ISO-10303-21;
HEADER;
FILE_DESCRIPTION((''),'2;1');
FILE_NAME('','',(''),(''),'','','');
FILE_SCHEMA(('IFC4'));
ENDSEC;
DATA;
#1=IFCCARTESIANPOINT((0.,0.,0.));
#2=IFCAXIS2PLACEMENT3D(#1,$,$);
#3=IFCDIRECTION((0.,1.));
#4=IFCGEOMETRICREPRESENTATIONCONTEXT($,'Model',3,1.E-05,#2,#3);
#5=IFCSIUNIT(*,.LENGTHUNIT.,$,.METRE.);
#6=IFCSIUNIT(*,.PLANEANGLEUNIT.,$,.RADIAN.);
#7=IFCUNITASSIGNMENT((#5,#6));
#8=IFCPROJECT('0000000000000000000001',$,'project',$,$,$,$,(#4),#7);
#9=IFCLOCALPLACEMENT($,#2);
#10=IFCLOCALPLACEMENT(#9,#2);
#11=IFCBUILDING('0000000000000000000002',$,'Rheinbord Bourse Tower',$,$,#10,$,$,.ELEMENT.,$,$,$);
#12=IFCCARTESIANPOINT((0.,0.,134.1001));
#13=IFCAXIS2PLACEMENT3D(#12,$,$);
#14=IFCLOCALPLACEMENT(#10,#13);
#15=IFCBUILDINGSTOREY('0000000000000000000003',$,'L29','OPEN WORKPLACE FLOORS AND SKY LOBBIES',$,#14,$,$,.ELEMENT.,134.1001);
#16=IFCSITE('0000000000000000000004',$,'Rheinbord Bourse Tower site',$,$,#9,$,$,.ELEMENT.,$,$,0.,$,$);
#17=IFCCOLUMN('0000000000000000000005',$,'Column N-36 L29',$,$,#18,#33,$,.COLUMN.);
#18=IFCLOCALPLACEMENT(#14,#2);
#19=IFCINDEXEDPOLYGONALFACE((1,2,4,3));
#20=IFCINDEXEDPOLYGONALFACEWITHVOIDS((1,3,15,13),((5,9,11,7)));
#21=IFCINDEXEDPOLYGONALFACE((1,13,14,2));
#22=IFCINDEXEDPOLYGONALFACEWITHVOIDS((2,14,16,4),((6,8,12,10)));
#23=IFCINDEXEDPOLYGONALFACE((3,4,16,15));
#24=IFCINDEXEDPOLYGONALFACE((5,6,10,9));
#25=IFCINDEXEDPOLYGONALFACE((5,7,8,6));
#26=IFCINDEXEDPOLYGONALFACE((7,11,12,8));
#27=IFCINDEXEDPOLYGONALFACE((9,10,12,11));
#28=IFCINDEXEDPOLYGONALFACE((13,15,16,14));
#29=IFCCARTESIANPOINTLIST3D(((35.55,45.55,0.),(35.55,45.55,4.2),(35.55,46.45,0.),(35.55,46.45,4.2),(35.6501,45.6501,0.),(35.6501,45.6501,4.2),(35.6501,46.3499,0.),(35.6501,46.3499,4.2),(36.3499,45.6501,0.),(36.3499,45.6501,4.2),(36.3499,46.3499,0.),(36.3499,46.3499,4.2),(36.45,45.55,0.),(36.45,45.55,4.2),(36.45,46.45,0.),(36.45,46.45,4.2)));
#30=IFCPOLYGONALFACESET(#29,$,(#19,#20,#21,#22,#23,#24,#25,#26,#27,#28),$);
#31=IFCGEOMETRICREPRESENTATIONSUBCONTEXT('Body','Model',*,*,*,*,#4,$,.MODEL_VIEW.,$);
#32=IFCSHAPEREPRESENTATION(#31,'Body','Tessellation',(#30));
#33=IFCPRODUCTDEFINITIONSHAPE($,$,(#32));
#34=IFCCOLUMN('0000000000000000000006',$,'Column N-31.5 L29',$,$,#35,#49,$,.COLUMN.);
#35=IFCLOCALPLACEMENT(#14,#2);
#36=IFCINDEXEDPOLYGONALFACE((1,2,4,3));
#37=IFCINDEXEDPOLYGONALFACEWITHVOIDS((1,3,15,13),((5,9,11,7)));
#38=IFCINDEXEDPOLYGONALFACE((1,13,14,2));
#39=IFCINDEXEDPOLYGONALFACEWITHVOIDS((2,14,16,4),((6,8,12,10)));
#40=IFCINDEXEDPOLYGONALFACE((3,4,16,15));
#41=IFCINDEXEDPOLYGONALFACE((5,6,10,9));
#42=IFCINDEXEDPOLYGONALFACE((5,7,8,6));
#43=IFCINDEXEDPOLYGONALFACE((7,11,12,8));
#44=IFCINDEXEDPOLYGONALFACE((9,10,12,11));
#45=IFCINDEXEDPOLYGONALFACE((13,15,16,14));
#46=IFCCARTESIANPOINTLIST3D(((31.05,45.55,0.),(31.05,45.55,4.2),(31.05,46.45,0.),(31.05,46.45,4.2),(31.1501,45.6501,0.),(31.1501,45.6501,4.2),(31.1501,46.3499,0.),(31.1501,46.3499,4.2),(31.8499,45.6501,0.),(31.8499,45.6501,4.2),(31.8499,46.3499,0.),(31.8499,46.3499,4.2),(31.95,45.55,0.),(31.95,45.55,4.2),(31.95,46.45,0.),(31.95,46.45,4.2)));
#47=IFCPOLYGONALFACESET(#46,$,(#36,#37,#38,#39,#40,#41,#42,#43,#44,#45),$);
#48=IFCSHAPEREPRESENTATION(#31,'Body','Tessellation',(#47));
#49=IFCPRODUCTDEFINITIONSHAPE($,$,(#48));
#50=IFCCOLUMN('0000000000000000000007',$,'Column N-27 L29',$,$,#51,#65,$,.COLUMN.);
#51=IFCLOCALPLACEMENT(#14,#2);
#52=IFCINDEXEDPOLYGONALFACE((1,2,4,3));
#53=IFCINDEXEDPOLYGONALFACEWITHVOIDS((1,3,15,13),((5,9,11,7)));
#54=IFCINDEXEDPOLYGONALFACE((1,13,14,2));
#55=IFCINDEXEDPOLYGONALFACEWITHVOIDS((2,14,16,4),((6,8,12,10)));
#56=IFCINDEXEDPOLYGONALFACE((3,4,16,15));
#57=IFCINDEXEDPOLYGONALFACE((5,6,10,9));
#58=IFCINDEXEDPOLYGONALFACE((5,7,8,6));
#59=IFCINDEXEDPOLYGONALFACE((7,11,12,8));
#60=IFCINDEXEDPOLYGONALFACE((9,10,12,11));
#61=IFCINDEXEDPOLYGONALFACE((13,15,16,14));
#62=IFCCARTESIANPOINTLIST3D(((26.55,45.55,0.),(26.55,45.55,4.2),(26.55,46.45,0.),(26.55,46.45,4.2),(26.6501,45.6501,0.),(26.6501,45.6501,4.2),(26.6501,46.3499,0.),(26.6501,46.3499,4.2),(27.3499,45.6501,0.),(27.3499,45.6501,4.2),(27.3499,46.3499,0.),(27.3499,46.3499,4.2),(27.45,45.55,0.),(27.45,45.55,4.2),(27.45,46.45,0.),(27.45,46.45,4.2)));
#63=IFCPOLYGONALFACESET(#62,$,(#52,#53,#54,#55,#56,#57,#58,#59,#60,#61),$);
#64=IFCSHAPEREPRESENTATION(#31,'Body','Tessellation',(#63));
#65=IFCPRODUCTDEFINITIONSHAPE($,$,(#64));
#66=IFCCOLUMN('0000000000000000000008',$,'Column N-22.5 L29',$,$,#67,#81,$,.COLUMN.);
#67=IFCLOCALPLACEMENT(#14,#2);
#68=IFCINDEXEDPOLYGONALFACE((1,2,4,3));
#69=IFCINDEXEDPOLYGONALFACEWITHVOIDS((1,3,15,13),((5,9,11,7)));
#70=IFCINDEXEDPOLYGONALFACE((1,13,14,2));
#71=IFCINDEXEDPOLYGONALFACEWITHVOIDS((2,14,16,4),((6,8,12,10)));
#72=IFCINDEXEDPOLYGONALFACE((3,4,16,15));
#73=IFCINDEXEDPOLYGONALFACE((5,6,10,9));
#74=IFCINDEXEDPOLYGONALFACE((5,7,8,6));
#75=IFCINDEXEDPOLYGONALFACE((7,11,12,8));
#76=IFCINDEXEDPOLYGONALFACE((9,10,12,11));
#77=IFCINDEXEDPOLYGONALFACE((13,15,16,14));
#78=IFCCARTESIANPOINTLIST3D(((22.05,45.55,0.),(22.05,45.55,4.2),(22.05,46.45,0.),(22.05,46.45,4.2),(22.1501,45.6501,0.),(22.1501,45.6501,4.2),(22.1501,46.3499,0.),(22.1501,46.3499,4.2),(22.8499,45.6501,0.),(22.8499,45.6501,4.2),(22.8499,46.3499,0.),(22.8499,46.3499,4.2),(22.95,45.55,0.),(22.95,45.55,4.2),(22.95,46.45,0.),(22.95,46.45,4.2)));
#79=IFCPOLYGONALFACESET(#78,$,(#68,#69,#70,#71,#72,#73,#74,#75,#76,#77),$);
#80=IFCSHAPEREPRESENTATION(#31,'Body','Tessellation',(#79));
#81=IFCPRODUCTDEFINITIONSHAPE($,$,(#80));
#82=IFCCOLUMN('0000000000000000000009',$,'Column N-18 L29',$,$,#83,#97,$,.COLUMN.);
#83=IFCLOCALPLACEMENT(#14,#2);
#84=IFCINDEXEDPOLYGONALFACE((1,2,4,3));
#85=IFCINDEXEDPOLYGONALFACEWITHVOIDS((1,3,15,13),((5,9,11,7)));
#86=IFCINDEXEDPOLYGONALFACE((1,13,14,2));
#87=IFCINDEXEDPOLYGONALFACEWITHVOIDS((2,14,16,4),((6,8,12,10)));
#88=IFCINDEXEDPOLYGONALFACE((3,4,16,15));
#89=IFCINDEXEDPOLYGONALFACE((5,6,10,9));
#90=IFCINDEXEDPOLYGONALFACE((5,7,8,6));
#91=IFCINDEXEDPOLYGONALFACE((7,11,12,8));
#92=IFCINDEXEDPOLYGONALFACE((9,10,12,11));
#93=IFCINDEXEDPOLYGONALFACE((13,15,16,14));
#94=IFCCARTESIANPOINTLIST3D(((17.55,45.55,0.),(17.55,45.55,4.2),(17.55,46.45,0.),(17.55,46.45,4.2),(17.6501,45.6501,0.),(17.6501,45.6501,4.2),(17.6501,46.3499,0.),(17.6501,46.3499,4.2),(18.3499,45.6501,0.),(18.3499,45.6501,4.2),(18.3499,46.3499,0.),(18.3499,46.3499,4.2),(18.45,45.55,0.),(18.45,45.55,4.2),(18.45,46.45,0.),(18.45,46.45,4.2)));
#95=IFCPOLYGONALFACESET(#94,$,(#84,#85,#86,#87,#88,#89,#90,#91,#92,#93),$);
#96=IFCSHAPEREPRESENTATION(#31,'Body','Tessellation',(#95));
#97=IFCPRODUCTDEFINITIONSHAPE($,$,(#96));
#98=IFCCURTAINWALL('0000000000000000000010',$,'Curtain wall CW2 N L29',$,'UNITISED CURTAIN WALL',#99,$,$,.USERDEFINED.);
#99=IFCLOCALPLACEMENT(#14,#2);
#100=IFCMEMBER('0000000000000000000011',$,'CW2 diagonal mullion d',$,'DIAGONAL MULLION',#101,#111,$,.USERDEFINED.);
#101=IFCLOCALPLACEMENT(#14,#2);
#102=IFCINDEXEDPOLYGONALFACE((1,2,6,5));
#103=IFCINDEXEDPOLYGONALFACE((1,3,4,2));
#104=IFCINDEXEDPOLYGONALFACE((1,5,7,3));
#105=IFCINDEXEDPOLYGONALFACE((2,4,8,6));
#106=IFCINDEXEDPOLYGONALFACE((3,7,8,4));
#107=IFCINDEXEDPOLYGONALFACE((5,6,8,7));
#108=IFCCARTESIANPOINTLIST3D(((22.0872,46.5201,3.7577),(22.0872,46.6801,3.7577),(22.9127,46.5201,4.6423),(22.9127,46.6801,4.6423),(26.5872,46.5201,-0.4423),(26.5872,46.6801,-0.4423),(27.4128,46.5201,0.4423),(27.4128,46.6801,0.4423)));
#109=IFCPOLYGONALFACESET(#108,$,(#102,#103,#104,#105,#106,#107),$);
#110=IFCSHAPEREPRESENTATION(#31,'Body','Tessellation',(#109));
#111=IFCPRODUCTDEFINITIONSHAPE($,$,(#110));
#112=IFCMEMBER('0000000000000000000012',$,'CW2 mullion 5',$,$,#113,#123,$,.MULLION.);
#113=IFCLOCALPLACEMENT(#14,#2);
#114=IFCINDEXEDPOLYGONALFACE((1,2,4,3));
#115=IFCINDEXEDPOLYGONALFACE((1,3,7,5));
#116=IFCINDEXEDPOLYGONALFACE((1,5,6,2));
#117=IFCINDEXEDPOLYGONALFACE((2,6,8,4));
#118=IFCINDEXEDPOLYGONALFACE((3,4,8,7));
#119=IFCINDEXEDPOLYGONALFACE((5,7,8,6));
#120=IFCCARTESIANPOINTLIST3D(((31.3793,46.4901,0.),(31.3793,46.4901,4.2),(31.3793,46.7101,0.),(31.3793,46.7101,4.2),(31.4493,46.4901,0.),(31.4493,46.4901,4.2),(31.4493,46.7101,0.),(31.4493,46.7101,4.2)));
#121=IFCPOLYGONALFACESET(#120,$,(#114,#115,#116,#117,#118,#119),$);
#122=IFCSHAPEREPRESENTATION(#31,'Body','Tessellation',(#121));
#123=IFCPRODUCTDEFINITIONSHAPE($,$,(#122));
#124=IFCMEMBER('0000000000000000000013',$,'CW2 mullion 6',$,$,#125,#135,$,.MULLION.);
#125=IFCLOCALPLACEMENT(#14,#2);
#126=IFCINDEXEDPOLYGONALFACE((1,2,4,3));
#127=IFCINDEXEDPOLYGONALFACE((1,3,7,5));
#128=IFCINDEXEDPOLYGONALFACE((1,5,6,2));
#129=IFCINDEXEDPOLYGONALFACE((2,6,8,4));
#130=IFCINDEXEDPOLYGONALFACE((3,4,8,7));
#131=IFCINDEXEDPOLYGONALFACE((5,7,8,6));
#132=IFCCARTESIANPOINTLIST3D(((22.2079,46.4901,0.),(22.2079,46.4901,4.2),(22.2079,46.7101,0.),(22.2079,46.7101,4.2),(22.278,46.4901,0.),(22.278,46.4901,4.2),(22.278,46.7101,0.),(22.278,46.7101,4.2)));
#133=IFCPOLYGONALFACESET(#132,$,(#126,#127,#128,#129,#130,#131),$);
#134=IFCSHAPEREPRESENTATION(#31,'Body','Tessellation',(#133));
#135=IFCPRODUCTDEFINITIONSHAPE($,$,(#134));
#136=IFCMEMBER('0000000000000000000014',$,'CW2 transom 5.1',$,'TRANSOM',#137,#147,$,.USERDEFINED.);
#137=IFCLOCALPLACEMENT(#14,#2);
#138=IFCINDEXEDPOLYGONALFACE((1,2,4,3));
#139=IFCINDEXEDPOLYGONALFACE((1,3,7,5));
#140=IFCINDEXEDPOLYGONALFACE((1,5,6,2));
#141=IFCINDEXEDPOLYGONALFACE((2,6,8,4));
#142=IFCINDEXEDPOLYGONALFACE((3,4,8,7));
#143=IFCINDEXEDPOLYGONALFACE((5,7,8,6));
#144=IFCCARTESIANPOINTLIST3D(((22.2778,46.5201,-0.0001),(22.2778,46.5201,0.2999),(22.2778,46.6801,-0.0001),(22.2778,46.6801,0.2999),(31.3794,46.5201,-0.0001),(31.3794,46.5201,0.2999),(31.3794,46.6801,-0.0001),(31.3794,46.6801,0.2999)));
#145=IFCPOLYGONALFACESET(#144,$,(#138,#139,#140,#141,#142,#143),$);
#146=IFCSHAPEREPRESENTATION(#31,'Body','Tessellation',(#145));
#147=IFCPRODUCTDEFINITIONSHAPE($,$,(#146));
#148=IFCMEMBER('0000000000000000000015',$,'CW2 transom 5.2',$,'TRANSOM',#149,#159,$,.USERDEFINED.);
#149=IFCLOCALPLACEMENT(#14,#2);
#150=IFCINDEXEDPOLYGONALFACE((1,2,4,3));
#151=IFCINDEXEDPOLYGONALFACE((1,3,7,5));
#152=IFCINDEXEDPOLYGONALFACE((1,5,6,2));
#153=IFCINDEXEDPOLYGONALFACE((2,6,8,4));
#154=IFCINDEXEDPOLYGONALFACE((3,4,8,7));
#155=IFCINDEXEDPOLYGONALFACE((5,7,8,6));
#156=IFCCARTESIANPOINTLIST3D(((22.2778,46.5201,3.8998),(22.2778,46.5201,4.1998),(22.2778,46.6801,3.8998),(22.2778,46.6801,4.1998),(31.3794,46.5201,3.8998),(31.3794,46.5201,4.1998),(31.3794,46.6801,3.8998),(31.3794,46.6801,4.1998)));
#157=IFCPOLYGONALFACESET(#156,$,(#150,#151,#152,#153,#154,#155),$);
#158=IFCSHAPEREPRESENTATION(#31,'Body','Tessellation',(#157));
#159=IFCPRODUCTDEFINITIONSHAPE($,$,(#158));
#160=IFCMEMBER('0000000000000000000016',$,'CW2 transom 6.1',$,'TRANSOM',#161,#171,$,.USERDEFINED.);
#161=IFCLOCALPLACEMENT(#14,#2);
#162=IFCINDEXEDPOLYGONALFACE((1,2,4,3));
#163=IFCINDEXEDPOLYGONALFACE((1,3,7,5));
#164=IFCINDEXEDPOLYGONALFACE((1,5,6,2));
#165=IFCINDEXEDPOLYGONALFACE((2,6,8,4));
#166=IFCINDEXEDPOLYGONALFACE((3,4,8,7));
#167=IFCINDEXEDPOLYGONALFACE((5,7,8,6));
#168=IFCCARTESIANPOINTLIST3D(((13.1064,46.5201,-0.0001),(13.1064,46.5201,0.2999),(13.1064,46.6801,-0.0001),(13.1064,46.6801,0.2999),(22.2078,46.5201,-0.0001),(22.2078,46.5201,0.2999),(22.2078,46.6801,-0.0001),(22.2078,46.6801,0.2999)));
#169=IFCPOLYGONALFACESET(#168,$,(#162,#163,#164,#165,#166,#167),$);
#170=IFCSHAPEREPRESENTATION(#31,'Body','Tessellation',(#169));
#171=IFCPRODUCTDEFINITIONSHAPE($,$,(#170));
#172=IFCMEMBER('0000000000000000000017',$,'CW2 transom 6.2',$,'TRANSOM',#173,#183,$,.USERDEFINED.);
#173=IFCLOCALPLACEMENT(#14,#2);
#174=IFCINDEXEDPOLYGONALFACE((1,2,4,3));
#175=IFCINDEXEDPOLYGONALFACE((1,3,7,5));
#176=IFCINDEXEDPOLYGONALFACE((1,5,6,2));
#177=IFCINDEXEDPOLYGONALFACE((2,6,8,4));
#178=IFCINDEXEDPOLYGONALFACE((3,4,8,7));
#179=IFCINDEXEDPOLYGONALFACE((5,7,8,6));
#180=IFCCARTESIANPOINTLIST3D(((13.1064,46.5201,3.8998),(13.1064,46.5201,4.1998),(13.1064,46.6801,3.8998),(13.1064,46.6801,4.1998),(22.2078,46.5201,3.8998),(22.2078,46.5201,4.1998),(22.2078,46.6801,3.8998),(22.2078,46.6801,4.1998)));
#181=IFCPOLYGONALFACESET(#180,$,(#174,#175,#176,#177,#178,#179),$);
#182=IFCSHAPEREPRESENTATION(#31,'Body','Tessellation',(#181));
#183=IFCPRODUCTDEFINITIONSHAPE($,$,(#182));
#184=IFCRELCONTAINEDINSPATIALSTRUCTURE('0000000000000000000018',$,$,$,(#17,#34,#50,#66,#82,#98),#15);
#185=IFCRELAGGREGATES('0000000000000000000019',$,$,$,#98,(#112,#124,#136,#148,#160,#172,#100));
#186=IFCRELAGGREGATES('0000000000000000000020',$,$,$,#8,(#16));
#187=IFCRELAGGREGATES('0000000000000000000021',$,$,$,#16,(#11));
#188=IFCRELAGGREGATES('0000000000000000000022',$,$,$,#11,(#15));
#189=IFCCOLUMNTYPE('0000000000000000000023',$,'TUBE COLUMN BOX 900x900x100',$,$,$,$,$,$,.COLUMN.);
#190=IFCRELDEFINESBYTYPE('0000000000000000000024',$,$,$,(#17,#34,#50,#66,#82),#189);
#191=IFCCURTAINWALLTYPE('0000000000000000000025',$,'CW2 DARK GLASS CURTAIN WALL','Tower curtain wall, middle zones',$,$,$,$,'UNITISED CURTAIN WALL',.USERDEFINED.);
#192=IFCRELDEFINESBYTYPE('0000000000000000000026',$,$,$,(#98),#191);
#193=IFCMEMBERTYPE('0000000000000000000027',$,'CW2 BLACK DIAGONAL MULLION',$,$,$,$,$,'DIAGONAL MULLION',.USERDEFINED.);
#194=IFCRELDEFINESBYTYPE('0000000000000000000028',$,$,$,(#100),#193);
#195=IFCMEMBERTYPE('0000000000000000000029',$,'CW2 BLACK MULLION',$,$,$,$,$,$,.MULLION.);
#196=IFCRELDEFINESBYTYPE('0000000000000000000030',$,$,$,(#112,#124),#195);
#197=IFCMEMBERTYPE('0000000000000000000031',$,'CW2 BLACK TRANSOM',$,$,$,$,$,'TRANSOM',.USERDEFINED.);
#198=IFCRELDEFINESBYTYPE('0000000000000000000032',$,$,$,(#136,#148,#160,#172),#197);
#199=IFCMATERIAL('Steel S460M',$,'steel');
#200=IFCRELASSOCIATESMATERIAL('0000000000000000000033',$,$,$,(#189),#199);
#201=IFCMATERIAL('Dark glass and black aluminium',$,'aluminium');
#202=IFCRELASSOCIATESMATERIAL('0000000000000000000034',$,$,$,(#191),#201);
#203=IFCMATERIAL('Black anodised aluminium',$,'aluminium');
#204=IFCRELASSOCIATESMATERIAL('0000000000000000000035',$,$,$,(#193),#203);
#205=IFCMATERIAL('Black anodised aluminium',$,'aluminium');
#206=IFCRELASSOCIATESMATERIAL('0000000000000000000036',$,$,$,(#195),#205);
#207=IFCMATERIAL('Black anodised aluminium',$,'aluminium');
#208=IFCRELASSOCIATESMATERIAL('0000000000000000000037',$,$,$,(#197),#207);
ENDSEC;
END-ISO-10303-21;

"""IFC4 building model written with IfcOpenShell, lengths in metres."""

from ifc_helpers import new_model, si_unit, direction, frame, origin, origin_2d, place, context, subcontext, project, spatial, rectangle, hollow_rectangle, extrude, material, material_profile, profile_set, type_object, element, aggregate, save


model = new_model("IFC4")

# Units and contexts
model_context = context("Model", 3, precision=1e-05, world=origin(), true_north=direction((0.0, 1.0)))
body_context = subcontext(model_context, "Body", "Model", "MODEL_VIEW")
ifc_project = project(units=[si_unit("LENGTHUNIT", "METRE"), si_unit("PLANEANGLEUNIT", "RADIAN")], contexts=[model_context])

# Site, building, storey
site_placement = place(None, origin())
site = spatial("IfcSite", under=ifc_project, at=site_placement, Name="Rheinbord Bourse Tower site", CompositionType="ELEMENT", RefElevation=0.0)
building_placement = place(site_placement, origin())
building = spatial("IfcBuilding", under=site, at=building_placement, Name="Rheinbord Bourse Tower", CompositionType="ELEMENT")
storey_placement = place(building_placement, frame((0.0, 0.0, 134.1001)))
storey = spatial("IfcBuildingStorey", under=building, at=storey_placement, Name="L29", Description="OPEN WORKPLACE FLOORS AND SKY LOBBIES", CompositionType="ELEMENT", Elevation=134.1001)

# Columns
ifc_material_1 = material(Name="Steel S460M", Category="steel")
ifc_material_profile_1 = material_profile(ifc_material_1, hollow_rectangle(XDim=0.8999, YDim=0.8999, WallThickness=0.1001, at=origin_2d()), Name="BOX 900x900x100")
ifc_profile_set_1 = profile_set([ifc_material_profile_1], Name="Steel S460M")
column_type = type_object("IfcColumnType", Name="TUBE COLUMN BOX 900x900x100", PredefinedType="COLUMN", material=ifc_profile_set_1)
for number, where, z_axis, x_axis, name in (
    (1, (36.0, 46.0, 0.0), (0.0, 0.0, 1.0), (0.0, 1.0, 0.0), "Column N-36 L29"),
    (2, (31.5, 46.0, 0.0), (0.0, 0.0, 1.0), (0.0, 1.0, 0.0), "Column N-31.5 L29"),
    (3, (27.0, 46.0, 0.0), (0.0, 0.0, 1.0), (0.0, 1.0, 0.0), "Column N-27 L29"),
    (4, (22.5, 46.0, 0.0), (0.0, 0.0, 1.0), (0.0, 1.0, 0.0), "Column N-22.5 L29"),
    (5, (18.0, 46.0, 0.0), (0.0, 0.0, 1.0), (0.0, 1.0, 0.0), "Column N-18 L29"),
):
    element("IfcColumn", number, at=place(storey_placement, frame(where, z_axis=z_axis, x_axis=x_axis)), inside=storey, type_object=column_type, Name=name, PredefinedType="COLUMN", context=body_context, shape_type="SweptSolid", body=[
        extrude(hollow_rectangle(XDim=0.8999, YDim=0.8999, WallThickness=0.1001, at=origin_2d()), origin(), (0.0, 0.0, 1.0), 4.2),
    ])

# Curtain wall, members
ifc_material_2 = material(Name="Dark glass and black aluminium", Category="aluminium")
curtain_wall_type = type_object("IfcCurtainWallType", Name="CW2 DARK GLASS CURTAIN WALL", Description="Tower curtain wall, middle zones", ElementType="UNITISED CURTAIN WALL", PredefinedType="USERDEFINED", material=ifc_material_2)
curtain_wall_placement = place(storey_placement, origin())
curtain_wall = element("IfcCurtainWall", 6, at=curtain_wall_placement, inside=storey, type_object=curtain_wall_type, Name="Curtain wall CW2 N L29", ObjectType="UNITISED CURTAIN WALL", PredefinedType="USERDEFINED")
ifc_material_3 = material(Name="Black anodised aluminium", Category="aluminium")
ifc_material_profile_2 = material_profile(ifc_material_3, rectangle(XDim=0.1599, YDim=1.21, at=origin_2d()), Name="CW2 DIAGONAL MULLION 1210x160")
ifc_profile_set_2 = profile_set([ifc_material_profile_2], Name="Black anodised aluminium")
member_type_1 = type_object("IfcMemberType", Name="CW2 BLACK DIAGONAL MULLION", ElementType="DIAGONAL MULLION", PredefinedType="USERDEFINED", material=ifc_profile_set_2)
member_1_placement = place(storey_placement, frame((27.0, 46.6001, 0.0), z_axis=(-0.731059, 0.0, 0.682314), x_axis=(0.0, -1.0, 0.0)))
member_1 = element("IfcMember", 7, at=member_1_placement, type_object=member_type_1, Name="CW2 diagonal mullion d", ObjectType="DIAGONAL MULLION", PredefinedType="USERDEFINED", context=body_context, shape_type="SweptSolid", body=[
    extrude(rectangle(XDim=0.1599, YDim=1.21, at=origin_2d()), origin(), (0.0, 0.0, 1.0), 6.1555),
])
ifc_material_4 = material(Name="Black anodised aluminium", Category="aluminium")
ifc_material_profile_3 = material_profile(ifc_material_4, rectangle(XDim=0.22, YDim=0.0701, at=origin_2d()), Name="CW2 MULLION 70x220")
ifc_profile_set_3 = profile_set([ifc_material_profile_3], Name="Black anodised aluminium")
member_type_2 = type_object("IfcMemberType", Name="CW2 BLACK MULLION", PredefinedType="MULLION", material=ifc_profile_set_3)
member_2_placement = place(storey_placement, frame((31.4143, 46.6001, 0.0), z_axis=(0.0, 0.0, 1.0), x_axis=(0.0, -1.0, 0.0)))
member_2 = element("IfcMember", 8, at=member_2_placement, type_object=member_type_2, Name="CW2 mullion 5", PredefinedType="MULLION", context=body_context, shape_type="SweptSolid", body=[
    extrude(rectangle(XDim=0.22, YDim=0.0701, at=origin_2d()), origin(), (0.0, 0.0, 1.0), 4.2),
])
member_3_placement = place(storey_placement, frame((22.2429, 46.6001, 0.0), z_axis=(0.0, 0.0, 1.0), x_axis=(0.0, -1.0, 0.0)))
member_3 = element("IfcMember", 9, at=member_3_placement, type_object=member_type_2, Name="CW2 mullion 6", PredefinedType="MULLION", context=body_context, shape_type="SweptSolid", body=[
    extrude(rectangle(XDim=0.22, YDim=0.0701, at=origin_2d()), origin(), (0.0, 0.0, 1.0), 4.2),
])
ifc_material_5 = material(Name="Black anodised aluminium", Category="aluminium")
ifc_material_profile_4 = material_profile(ifc_material_5, rectangle(XDim=0.1599, YDim=0.3, at=origin_2d()), Name="CW2 TRANSOM 300x160")
ifc_profile_set_4 = profile_set([ifc_material_profile_4], Name="Black anodised aluminium")
member_type_3 = type_object("IfcMemberType", Name="CW2 BLACK TRANSOM", ElementType="TRANSOM", PredefinedType="USERDEFINED", material=ifc_profile_set_4)
member_4_placement = place(storey_placement, frame((31.3794, 46.6001, 0.1499), z_axis=(-1.0, 0.0, 0.0), x_axis=(0.0, -1.0, 0.0)))
member_4 = element("IfcMember", 10, at=member_4_placement, type_object=member_type_3, Name="CW2 transom 5.1", ObjectType="TRANSOM", PredefinedType="USERDEFINED", context=body_context, shape_type="SweptSolid", body=[
    extrude(rectangle(XDim=0.1599, YDim=0.3, at=origin_2d()), origin(), (0.0, 0.0, 1.0), 9.1016),
])
member_5_placement = place(storey_placement, frame((31.3794, 46.6001, 4.0498), z_axis=(-1.0, 0.0, 0.0), x_axis=(0.0, -1.0, 0.0)))
member_5 = element("IfcMember", 11, at=member_5_placement, type_object=member_type_3, Name="CW2 transom 5.2", ObjectType="TRANSOM", PredefinedType="USERDEFINED", context=body_context, shape_type="SweptSolid", body=[
    extrude(rectangle(XDim=0.1599, YDim=0.3, at=origin_2d()), origin(), (0.0, 0.0, 1.0), 9.1016),
])
member_6_placement = place(storey_placement, frame((22.2078, 46.6001, 0.1499), z_axis=(-1.0, 0.0, 0.0), x_axis=(0.0, -1.0, 0.0)))
member_6 = element("IfcMember", 12, at=member_6_placement, type_object=member_type_3, Name="CW2 transom 6.1", ObjectType="TRANSOM", PredefinedType="USERDEFINED", context=body_context, shape_type="SweptSolid", body=[
    extrude(rectangle(XDim=0.1599, YDim=0.3, at=origin_2d()), origin(), (0.0, 0.0, 1.0), 9.1013),
])
member_7_placement = place(storey_placement, frame((22.2078, 46.6001, 4.0498), z_axis=(-1.0, 0.0, 0.0), x_axis=(0.0, -1.0, 0.0)))
member_7 = element("IfcMember", 13, at=member_7_placement, type_object=member_type_3, Name="CW2 transom 6.2", ObjectType="TRANSOM", PredefinedType="USERDEFINED", context=body_context, shape_type="SweptSolid", body=[
    extrude(rectangle(XDim=0.1599, YDim=0.3, at=origin_2d()), origin(), (0.0, 0.0, 1.0), 9.1013),
])

aggregate(curtain_wall, [member_2, member_3, member_4, member_5, member_6, member_7, member_1])

save(model, "model.ifc")
